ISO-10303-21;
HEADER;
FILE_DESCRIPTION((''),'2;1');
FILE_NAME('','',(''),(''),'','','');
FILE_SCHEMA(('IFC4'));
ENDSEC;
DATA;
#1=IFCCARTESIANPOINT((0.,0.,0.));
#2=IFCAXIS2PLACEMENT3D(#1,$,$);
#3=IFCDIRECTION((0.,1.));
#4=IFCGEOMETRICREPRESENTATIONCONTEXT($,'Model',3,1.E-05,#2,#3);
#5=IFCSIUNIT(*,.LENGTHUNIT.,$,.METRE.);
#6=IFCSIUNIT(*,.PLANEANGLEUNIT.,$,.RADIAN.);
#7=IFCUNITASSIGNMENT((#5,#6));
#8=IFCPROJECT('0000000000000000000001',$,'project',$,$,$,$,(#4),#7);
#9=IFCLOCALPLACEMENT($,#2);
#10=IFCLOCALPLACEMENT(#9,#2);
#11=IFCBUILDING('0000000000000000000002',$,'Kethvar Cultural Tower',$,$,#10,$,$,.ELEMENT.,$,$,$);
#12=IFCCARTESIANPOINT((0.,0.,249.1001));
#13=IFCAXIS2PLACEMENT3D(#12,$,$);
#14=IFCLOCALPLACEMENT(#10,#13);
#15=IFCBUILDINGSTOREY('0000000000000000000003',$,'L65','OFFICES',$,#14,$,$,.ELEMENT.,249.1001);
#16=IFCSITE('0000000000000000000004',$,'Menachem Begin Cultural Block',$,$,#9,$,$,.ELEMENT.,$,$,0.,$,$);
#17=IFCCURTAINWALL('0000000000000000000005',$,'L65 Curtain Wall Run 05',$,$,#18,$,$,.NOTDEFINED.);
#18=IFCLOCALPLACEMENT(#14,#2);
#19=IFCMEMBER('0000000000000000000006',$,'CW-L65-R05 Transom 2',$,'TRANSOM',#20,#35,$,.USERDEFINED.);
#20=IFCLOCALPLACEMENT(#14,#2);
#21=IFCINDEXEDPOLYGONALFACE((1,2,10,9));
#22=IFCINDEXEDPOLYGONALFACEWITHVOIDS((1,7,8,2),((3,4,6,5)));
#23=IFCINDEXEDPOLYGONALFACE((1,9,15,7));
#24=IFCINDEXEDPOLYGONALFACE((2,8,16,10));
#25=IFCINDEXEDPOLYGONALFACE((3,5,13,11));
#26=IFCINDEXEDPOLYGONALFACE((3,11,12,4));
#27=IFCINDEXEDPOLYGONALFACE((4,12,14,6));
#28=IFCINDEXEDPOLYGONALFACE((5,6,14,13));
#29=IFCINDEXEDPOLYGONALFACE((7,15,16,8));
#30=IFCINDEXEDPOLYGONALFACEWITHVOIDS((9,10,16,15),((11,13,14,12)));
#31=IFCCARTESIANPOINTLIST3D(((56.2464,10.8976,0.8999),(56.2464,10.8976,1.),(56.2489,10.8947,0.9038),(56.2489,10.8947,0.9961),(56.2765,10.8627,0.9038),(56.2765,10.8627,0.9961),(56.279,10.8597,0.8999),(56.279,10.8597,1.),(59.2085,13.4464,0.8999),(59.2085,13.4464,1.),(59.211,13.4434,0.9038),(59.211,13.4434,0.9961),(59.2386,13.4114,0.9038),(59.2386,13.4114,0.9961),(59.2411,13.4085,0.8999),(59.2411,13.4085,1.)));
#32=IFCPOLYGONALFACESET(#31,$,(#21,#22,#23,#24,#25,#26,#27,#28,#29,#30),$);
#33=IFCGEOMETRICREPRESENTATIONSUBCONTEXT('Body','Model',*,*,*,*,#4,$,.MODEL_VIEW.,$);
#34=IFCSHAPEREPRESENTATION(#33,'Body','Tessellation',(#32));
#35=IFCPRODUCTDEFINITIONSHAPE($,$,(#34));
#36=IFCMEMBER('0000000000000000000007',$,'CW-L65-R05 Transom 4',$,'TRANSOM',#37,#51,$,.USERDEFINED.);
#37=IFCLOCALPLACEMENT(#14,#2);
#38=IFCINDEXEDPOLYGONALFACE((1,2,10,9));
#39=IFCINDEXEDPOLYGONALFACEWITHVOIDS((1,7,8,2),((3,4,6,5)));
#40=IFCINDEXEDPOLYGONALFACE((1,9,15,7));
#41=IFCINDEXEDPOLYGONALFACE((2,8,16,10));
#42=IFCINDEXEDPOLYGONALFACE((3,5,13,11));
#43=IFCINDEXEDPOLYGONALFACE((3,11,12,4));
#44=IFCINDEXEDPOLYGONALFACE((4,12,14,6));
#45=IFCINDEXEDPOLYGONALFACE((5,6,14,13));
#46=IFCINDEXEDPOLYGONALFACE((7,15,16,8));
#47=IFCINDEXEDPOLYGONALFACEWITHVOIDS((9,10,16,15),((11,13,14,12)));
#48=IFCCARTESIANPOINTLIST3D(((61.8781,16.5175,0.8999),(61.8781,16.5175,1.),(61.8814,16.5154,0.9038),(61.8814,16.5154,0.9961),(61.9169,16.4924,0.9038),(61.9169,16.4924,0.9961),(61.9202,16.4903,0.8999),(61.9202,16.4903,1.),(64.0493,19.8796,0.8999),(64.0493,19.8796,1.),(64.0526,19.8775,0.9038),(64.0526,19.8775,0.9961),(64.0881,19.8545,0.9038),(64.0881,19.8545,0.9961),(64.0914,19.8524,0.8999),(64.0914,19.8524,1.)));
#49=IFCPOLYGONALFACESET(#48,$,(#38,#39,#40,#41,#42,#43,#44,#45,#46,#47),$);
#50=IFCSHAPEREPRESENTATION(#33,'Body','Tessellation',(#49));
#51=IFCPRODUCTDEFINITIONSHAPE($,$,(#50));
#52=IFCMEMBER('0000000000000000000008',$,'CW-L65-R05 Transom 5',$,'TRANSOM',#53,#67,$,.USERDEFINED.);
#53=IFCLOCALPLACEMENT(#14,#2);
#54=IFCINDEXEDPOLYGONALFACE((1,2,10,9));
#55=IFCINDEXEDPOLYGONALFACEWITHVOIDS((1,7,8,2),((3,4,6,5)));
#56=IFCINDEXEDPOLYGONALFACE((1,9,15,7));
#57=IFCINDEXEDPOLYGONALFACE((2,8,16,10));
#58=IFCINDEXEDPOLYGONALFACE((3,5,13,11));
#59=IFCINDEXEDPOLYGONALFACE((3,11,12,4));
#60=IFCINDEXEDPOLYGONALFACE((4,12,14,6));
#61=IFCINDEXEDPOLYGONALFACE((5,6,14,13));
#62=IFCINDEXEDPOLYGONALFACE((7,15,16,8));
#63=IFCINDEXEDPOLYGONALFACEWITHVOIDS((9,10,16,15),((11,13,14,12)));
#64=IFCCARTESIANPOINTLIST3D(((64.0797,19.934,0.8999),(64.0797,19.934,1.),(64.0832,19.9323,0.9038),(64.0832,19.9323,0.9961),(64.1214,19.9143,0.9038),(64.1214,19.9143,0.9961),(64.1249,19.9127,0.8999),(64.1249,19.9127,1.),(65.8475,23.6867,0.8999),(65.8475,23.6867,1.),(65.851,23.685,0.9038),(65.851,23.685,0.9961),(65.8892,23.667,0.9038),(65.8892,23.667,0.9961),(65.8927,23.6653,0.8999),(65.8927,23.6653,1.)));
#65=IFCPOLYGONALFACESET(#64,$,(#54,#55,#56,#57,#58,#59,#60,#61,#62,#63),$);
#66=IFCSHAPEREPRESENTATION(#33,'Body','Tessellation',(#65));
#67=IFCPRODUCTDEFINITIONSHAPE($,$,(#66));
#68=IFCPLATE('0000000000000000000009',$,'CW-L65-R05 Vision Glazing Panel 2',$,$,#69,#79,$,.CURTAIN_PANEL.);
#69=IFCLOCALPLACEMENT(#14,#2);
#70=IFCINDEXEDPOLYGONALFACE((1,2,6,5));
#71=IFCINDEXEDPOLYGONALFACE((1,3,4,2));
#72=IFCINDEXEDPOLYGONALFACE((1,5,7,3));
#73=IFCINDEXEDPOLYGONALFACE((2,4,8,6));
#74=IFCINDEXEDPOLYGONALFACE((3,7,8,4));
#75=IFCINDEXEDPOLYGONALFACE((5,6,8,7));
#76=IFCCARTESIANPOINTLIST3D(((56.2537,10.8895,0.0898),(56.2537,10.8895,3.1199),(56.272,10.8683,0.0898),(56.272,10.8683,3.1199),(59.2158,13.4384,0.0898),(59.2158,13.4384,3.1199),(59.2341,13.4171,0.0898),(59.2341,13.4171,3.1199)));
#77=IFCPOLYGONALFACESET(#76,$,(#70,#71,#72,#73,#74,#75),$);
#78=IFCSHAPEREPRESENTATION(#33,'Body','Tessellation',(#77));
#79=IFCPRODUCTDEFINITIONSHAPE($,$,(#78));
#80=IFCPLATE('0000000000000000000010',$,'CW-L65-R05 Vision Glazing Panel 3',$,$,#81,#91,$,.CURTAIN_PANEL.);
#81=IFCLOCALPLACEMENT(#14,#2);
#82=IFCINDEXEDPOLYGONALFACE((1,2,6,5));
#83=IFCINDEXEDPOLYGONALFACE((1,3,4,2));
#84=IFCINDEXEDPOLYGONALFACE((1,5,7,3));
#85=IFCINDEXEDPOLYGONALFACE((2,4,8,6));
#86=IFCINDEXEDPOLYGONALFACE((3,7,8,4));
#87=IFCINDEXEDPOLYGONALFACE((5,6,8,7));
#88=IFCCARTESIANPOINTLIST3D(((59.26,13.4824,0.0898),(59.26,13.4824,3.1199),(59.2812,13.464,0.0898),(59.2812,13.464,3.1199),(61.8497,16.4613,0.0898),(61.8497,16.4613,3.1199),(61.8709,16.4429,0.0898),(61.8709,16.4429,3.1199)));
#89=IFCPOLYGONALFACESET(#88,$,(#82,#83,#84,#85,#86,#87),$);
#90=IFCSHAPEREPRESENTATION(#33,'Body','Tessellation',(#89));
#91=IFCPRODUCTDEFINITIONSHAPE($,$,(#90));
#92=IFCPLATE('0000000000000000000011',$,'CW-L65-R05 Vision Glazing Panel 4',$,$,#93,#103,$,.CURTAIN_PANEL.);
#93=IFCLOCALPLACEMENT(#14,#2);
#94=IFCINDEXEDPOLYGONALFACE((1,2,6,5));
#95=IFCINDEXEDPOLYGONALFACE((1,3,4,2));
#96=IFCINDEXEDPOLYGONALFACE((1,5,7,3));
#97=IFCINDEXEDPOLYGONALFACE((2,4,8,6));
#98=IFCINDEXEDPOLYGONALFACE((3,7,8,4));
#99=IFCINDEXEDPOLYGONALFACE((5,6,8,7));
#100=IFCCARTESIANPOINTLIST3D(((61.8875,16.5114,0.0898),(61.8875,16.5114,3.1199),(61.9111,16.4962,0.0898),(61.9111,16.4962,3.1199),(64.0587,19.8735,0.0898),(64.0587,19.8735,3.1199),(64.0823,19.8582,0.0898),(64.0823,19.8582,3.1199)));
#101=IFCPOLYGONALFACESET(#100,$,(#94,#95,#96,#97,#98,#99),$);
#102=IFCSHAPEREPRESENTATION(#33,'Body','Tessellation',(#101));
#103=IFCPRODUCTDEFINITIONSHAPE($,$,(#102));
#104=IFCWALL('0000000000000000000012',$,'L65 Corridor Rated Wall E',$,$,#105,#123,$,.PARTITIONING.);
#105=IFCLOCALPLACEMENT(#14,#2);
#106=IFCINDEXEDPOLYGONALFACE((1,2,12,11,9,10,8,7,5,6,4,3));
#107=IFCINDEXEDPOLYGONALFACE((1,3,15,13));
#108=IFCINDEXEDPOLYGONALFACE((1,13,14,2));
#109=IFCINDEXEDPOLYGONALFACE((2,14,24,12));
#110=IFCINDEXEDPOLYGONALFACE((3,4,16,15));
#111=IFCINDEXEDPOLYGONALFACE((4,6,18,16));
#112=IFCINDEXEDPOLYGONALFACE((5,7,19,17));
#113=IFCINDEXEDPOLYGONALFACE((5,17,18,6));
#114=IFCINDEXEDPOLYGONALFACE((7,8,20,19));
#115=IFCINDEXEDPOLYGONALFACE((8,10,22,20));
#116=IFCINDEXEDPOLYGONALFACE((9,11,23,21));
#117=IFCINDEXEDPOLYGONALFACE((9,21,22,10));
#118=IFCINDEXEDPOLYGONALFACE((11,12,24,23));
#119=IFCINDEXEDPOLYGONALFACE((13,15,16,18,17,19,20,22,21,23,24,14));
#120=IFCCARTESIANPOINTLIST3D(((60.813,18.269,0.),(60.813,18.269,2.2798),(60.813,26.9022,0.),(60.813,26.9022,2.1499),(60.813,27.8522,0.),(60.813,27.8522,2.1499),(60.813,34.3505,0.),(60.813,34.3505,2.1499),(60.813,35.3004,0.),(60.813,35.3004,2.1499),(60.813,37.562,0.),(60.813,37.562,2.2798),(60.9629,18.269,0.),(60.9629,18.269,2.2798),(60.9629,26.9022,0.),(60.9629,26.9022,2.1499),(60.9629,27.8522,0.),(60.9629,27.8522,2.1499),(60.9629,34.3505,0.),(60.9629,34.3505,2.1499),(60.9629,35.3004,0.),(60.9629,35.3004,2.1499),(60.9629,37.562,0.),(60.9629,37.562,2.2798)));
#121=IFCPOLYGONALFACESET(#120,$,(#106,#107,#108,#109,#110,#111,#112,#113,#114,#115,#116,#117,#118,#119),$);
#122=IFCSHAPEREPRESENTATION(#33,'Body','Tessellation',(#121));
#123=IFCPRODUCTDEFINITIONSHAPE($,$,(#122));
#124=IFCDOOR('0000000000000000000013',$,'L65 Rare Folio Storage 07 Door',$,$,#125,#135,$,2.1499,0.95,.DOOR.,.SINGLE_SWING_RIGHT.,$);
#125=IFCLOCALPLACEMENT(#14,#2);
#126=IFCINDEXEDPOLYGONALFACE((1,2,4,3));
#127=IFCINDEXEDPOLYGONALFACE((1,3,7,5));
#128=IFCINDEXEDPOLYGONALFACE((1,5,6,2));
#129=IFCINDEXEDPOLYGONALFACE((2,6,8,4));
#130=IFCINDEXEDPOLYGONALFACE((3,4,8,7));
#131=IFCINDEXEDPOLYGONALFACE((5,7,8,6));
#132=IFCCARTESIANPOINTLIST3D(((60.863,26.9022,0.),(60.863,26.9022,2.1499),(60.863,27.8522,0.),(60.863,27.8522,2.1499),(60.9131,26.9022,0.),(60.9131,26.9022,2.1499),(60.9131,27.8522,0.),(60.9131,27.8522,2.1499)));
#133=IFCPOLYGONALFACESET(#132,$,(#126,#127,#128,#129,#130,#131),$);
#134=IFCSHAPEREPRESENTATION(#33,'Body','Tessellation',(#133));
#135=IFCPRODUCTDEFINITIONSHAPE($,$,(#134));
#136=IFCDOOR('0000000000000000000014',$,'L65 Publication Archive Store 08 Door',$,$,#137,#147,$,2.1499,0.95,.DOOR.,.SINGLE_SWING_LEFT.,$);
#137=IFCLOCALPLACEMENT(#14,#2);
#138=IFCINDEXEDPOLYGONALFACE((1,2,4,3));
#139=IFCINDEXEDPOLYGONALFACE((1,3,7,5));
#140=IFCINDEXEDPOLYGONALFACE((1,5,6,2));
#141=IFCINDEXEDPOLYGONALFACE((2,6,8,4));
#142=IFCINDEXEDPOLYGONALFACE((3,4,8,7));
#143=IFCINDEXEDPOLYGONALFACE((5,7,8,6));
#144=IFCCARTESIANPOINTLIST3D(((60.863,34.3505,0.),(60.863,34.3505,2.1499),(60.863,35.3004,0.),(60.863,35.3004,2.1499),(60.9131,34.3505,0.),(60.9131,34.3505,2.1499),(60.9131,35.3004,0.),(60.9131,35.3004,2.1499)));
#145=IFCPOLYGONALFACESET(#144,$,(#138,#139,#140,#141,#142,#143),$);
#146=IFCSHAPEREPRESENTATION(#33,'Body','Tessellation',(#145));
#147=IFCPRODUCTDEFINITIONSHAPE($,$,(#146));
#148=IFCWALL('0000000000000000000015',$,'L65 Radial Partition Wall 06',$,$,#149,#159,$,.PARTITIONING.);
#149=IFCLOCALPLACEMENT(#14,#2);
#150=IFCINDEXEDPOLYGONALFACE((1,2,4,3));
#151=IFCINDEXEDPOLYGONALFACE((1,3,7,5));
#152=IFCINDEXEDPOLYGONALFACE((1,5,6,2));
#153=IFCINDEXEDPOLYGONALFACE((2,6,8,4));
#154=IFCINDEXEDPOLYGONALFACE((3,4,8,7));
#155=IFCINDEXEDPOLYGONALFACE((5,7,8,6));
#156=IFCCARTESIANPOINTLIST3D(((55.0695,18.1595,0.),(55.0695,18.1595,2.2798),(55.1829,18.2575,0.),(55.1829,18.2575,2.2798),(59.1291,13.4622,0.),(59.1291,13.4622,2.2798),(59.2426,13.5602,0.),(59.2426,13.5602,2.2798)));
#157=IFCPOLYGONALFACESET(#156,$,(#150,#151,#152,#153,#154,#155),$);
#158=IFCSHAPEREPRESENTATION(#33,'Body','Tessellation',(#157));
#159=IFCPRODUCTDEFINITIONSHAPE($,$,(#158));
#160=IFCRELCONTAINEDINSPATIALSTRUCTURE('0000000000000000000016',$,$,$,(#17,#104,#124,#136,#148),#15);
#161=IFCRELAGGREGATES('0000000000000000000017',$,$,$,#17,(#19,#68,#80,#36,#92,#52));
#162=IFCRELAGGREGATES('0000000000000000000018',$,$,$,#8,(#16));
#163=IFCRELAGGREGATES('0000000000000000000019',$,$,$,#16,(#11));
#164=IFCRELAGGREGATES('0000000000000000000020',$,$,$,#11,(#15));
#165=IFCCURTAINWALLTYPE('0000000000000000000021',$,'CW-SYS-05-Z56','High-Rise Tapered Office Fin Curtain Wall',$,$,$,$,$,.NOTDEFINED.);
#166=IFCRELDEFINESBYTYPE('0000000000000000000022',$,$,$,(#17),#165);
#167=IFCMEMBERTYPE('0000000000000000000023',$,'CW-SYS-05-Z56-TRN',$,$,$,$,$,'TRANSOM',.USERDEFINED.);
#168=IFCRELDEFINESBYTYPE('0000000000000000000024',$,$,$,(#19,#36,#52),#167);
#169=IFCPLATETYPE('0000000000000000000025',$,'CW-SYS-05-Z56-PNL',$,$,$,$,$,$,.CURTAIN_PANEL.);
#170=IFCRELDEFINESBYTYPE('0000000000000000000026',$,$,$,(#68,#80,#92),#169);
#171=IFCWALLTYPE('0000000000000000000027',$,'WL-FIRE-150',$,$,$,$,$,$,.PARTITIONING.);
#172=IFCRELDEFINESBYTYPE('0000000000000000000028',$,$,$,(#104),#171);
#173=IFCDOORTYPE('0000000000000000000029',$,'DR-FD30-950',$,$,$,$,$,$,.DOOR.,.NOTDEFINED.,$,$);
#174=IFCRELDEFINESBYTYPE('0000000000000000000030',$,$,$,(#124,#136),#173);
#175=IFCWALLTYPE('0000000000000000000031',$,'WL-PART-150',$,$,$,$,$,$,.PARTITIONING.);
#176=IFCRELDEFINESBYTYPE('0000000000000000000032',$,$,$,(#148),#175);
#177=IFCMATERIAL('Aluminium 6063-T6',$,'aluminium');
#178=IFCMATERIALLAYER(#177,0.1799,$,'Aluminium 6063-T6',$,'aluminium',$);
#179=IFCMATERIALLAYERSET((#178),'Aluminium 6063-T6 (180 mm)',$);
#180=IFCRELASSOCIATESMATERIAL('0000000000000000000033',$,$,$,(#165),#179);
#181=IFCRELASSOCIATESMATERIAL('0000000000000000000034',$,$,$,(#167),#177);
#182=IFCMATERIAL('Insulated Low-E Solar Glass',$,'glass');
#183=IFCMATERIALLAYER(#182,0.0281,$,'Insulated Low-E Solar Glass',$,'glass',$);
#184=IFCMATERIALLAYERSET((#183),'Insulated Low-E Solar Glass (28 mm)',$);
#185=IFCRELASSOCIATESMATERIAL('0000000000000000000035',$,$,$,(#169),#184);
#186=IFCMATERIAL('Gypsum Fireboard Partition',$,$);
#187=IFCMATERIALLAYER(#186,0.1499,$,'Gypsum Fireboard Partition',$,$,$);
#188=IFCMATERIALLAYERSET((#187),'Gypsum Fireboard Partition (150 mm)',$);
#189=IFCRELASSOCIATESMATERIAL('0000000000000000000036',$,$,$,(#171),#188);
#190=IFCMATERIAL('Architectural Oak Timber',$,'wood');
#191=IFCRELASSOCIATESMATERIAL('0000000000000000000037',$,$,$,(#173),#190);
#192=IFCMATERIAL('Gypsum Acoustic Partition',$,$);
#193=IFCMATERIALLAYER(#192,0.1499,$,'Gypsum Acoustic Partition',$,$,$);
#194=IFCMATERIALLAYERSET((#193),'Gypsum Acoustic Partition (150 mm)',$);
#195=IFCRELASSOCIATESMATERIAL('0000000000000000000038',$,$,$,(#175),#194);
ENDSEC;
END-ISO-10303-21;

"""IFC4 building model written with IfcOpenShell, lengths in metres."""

from ifc_helpers import new_model, si_unit, direction, frame, frame_2d, origin, origin_2d, place, context, subcontext, project, spatial, rectangle, hollow_rectangle, extrude, source, transform, mapped, material, layer, layer_set, material_profile, profile_set, type_object, element, fill, aggregate, save


model = new_model("IFC4")

# Units and contexts
model_context = context("Model", 3, precision=1e-05, world=origin(), true_north=direction((0.0, 1.0)))
body_context = subcontext(model_context, "Body", "Model", "MODEL_VIEW")
ifc_project = project(units=[si_unit("LENGTHUNIT", "METRE"), si_unit("PLANEANGLEUNIT", "RADIAN")], contexts=[model_context])

# Site, building, storey
site_placement = place(None, origin())
site = spatial("IfcSite", under=ifc_project, at=site_placement, Name="Menachem Begin Cultural Block", CompositionType="ELEMENT", RefElevation=0.0)
building_placement = place(site_placement, origin())
building = spatial("IfcBuilding", under=site, at=building_placement, Name="Kethvar Cultural Tower", CompositionType="ELEMENT")
storey_placement = place(building_placement, frame((0.0, 0.0, 249.1001)))
storey = spatial("IfcBuildingStorey", under=building, at=storey_placement, Name="L65", Description="OFFICES", CompositionType="ELEMENT", Elevation=249.1001)

# Curtain wall, members, plates
ifc_material_1 = material(Name="Aluminium 6063-T6", Category="aluminium")
ifc_layer_1 = layer(ifc_material_1, 0.1799, Name="Aluminium 6063-T6", Category="aluminium")
ifc_layer_set_1 = layer_set([ifc_layer_1], Name="Aluminium 6063-T6 (180 mm)")
curtain_wall_type = type_object("IfcCurtainWallType", Name="CW-SYS-05-Z56", Description="High-Rise Tapered Office Fin Curtain Wall", PredefinedType="NOTDEFINED", material=ifc_layer_set_1)
curtain_wall_placement = place(storey_placement, origin())
curtain_wall = element("IfcCurtainWall", 1, at=curtain_wall_placement, inside=storey, type_object=curtain_wall_type, Name="L65 Curtain Wall Run 05", PredefinedType="NOTDEFINED")
ifc_material_profile_1 = material_profile(ifc_material_1, hollow_rectangle(XDim=0.05, YDim=0.1001, WallThickness=0.0039, at=origin_2d()), Name="Aluminium 6063-T6 — RHS100x50x4")
ifc_profile_set_1 = profile_set([ifc_material_profile_1], Name="Aluminium 6063-T6 — RHS100x50x4")
member_type_1 = type_object("IfcMemberType", Name="CW-SYS-05-Z56-TRN", ElementType="TRANSOM", PredefinedType="USERDEFINED", material=ifc_profile_set_1)
shared_shape_1 = source(origin(), body_context, "Body", "SweptSolid", [
    extrude(hollow_rectangle(XDim=0.05, YDim=0.1001, WallThickness=0.0039, at=origin_2d()), origin(), (0.0, 0.0, 1.0), 3.9077),
])
member_1_placement = place(storey_placement, frame((56.2627, 10.8787, 0.95), z_axis=(0.758012, 0.652241, 0.0), x_axis=(-0.652241, 0.758012, 0.0)))
member_1 = element("IfcMember", 2, at=member_1_placement, type_object=member_type_1, Name="CW-L65-R05 Transom 2", ObjectType="TRANSOM", PredefinedType="USERDEFINED", context=body_context, shape_type="MappedRepresentation", body=[
    mapped(shared_shape_1, transform((0.0, 0.0, 0.0), scale=1.0)),
])
shared_shape_2 = source(origin(), body_context, "Body", "SweptSolid", [
    extrude(hollow_rectangle(XDim=0.05, YDim=0.1001, WallThickness=0.0039, at=origin_2d()), origin(), (0.0, 0.0, 1.0), 4.0022),
])
member_2_placement = place(storey_placement, frame((61.8992, 16.5039, 0.95), z_axis=(0.542492, 0.840061, 0.0), x_axis=(-0.840061, 0.542492, 0.0)))
member_2 = element("IfcMember", 3, at=member_2_placement, type_object=member_type_1, Name="CW-L65-R05 Transom 4", ObjectType="TRANSOM", PredefinedType="USERDEFINED", context=body_context, shape_type="MappedRepresentation", body=[
    mapped(shared_shape_2, transform((0.0, 0.0, 0.0), scale=1.0)),
])
shared_shape_3 = source(origin(), body_context, "Body", "SweptSolid", [
    extrude(hollow_rectangle(XDim=0.05, YDim=0.1001, WallThickness=0.0039, at=origin_2d()), origin(), (0.0, 0.0, 1.0), 4.1482),
])
member_3_placement = place(storey_placement, frame((64.1023, 19.9233, 0.95), z_axis=(0.426163, 0.904647, 0.0), x_axis=(-0.904647, 0.426163, 0.0)))
member_3 = element("IfcMember", 4, at=member_3_placement, type_object=member_type_1, Name="CW-L65-R05 Transom 5", ObjectType="TRANSOM", PredefinedType="USERDEFINED", context=body_context, shape_type="MappedRepresentation", body=[
    mapped(shared_shape_3, transform((0.0, 0.0, 0.0), scale=1.0)),
])
ifc_material_2 = material(Name="Insulated Low-E Solar Glass", Category="glass")
ifc_layer_2 = layer(ifc_material_2, 0.0281, Name="Insulated Low-E Solar Glass", Category="glass")
ifc_layer_set_2 = layer_set([ifc_layer_2], Name="Insulated Low-E Solar Glass (28 mm)")
plate_type = type_object("IfcPlateType", Name="CW-SYS-05-Z56-PNL", PredefinedType="CURTAIN_PANEL", material=ifc_layer_set_2)
shared_shape_4 = source(origin(), body_context, "Body", "SweptSolid", [
    extrude(rectangle(XDim=3.9077, YDim=0.0281, at=origin_2d()), origin(), (0.0, 0.0, 1.0), 3.03),
])
plate_1_placement = place(storey_placement, frame((57.7439, 12.1533, 0.0898), z_axis=(0.0, 0.0, 1.0), x_axis=(0.757998, 0.652257, 0.0)))
plate_1 = element("IfcPlate", 5, at=plate_1_placement, type_object=plate_type, Name="CW-L65-R05 Vision Glazing Panel 2", PredefinedType="CURTAIN_PANEL", context=body_context, shape_type="MappedRepresentation", body=[
    mapped(shared_shape_4, transform((0.0, 0.0, 0.0), scale=1.0)),
])
shared_shape_5 = source(origin(), body_context, "Body", "SweptSolid", [
    extrude(rectangle(XDim=3.9473, YDim=0.0281, at=origin_2d()), origin(), (0.0, 0.0, 1.0), 3.03),
])
plate_2_placement = place(storey_placement, frame((60.5654, 14.9626, 0.0898), z_axis=(0.0, 0.0, 1.0), x_axis=(0.656085, 0.754687, 0.0)))
plate_2 = element("IfcPlate", 6, at=plate_2_placement, type_object=plate_type, Name="CW-L65-R05 Vision Glazing Panel 3", PredefinedType="CURTAIN_PANEL", context=body_context, shape_type="MappedRepresentation", body=[
    mapped(shared_shape_5, transform((0.0, 0.0, 0.0), scale=1.0)),
])
shared_shape_6 = source(origin(), body_context, "Body", "SweptSolid", [
    extrude(rectangle(XDim=4.0022, YDim=0.0281, at=origin_2d()), origin(), (0.0, 0.0, 1.0), 3.03),
])
plate_3_placement = place(storey_placement, frame((62.9849, 18.1848, 0.0898), z_axis=(0.0, 0.0, 1.0), x_axis=(0.5425, 0.840056, 0.0)))
plate_3 = element("IfcPlate", 7, at=plate_3_placement, type_object=plate_type, Name="CW-L65-R05 Vision Glazing Panel 4", PredefinedType="CURTAIN_PANEL", context=body_context, shape_type="MappedRepresentation", body=[
    mapped(shared_shape_6, transform((0.0, 0.0, 0.0), scale=1.0)),
])
aggregate(curtain_wall, [member_1, plate_1, plate_2, member_2, plate_3, member_3])

# Wall, openings, doors
ifc_material_3 = material(Name="Gypsum Fireboard Partition")
ifc_layer_3 = layer(ifc_material_3, 0.1499, Name="Gypsum Fireboard Partition")
ifc_layer_set_3 = layer_set([ifc_layer_3], Name="Gypsum Fireboard Partition (150 mm)")
wall_type_1 = type_object("IfcWallType", Name="WL-FIRE-150", PredefinedType="PARTITIONING", material=ifc_layer_set_3)
wall_1_placement = place(storey_placement, frame((60.8879, 18.269, 0.0), z_axis=(0.0, 0.0, 1.0), x_axis=(0.0, 1.0, 0.0)))
wall_1 = element("IfcWall", 8, at=wall_1_placement, inside=storey, type_object=wall_type_1, Name="L65 Corridor Rated Wall E", PredefinedType="PARTITIONING", context=body_context, shape_type="SweptSolid", body=[
    extrude(rectangle(XDim=19.293, YDim=0.1499, at=frame_2d((9.6465, 0.0))), origin(), (0.0, 0.0, 1.0), 2.2798),
])
opening_1_placement = place(wall_1_placement, frame((8.6331, 0.0, 0.0)))
opening_1 = element("IfcOpeningElement", 9, at=opening_1_placement, cuts=wall_1, PredefinedType="OPENING", context=body_context, shape_type="SweptSolid", body=[
    extrude(rectangle(XDim=0.95, YDim=2.1499, at=frame_2d((0.4751, 1.075))), frame((0.0, 0.085, 0.0), z_axis=(0.0, -1.0, 0.0), x_axis=(1.0, 0.0, 0.0)), (0.0, 0.0, 1.0), 0.1699),
])
opening_2_placement = place(wall_1_placement, frame((16.0813, 0.0, 0.0)))
opening_2 = element("IfcOpeningElement", 10, at=opening_2_placement, cuts=wall_1, PredefinedType="OPENING", context=body_context, shape_type="SweptSolid", body=[
    extrude(rectangle(XDim=0.95, YDim=2.1499, at=frame_2d((0.4751, 1.075))), frame((0.0, 0.085, 0.0), z_axis=(0.0, -1.0, 0.0), x_axis=(1.0, 0.0, 0.0)), (0.0, 0.0, 1.0), 0.1699),
])
ifc_material_4 = material(Name="Architectural Oak Timber", Category="wood")
door_type = type_object("IfcDoorType", Name="DR-FD30-950", OperationType="NOTDEFINED", PredefinedType="DOOR", material=ifc_material_4)
shared_shape_7 = source(origin(), body_context, "Body", "SweptSolid", [
    extrude(rectangle(XDim=0.95, YDim=2.1499, at=frame_2d((0.4751, 1.075))), frame((0.0, 0.0249, 0.0), z_axis=(0.0, -1.0, 0.0), x_axis=(1.0, 0.0, 0.0)), (0.0, 0.0, 1.0), 0.05),
])
door_1_placement = place(opening_1_placement, origin())
door_1 = element("IfcDoor", 11, at=door_1_placement, inside=storey, type_object=door_type, Name="L65 Rare Folio Storage 07 Door", OperationType="SINGLE_SWING_RIGHT", OverallHeight=2.1499, OverallWidth=0.95, PredefinedType="DOOR", context=body_context, shape_type="MappedRepresentation", body=[
    mapped(shared_shape_7, transform((0.0, 0.0, 0.0), scale=1.0)),
])
fill(opening_1, door_1)
door_2_placement = place(opening_2_placement, origin())
door_2 = element("IfcDoor", 12, at=door_2_placement, inside=storey, type_object=door_type, Name="L65 Publication Archive Store 08 Door", OperationType="SINGLE_SWING_LEFT", OverallHeight=2.1499, OverallWidth=0.95, PredefinedType="DOOR", context=body_context, shape_type="MappedRepresentation", body=[
    mapped(shared_shape_7, transform((0.0, 0.0, 0.0), scale=1.0)),
])
fill(opening_2, door_2)

# Wall
ifc_material_5 = material(Name="Gypsum Acoustic Partition")
ifc_layer_4 = layer(ifc_material_5, 0.1499, Name="Gypsum Acoustic Partition")
ifc_layer_set_4 = layer_set([ifc_layer_4], Name="Gypsum Acoustic Partition (150 mm)")
wall_type_2 = type_object("IfcWallType", Name="WL-PART-150", PredefinedType="PARTITIONING", material=ifc_layer_set_4)
wall_2_placement = place(storey_placement, frame((55.1262, 18.2085, 0.0), z_axis=(0.0, 0.0, 1.0), x_axis=(0.653882, -0.756597, 0.0)))
element("IfcWall", 13, at=wall_2_placement, inside=storey, type_object=wall_type_2, Name="L65 Radial Partition Wall 06", PredefinedType="PARTITIONING", context=body_context, shape_type="SweptSolid", body=[
    extrude(rectangle(XDim=6.2085, YDim=0.1499, at=frame_2d((3.1042, 0.0))), origin(), (0.0, 0.0, 1.0), 2.2798),
])

save(model, "model.ifc")
